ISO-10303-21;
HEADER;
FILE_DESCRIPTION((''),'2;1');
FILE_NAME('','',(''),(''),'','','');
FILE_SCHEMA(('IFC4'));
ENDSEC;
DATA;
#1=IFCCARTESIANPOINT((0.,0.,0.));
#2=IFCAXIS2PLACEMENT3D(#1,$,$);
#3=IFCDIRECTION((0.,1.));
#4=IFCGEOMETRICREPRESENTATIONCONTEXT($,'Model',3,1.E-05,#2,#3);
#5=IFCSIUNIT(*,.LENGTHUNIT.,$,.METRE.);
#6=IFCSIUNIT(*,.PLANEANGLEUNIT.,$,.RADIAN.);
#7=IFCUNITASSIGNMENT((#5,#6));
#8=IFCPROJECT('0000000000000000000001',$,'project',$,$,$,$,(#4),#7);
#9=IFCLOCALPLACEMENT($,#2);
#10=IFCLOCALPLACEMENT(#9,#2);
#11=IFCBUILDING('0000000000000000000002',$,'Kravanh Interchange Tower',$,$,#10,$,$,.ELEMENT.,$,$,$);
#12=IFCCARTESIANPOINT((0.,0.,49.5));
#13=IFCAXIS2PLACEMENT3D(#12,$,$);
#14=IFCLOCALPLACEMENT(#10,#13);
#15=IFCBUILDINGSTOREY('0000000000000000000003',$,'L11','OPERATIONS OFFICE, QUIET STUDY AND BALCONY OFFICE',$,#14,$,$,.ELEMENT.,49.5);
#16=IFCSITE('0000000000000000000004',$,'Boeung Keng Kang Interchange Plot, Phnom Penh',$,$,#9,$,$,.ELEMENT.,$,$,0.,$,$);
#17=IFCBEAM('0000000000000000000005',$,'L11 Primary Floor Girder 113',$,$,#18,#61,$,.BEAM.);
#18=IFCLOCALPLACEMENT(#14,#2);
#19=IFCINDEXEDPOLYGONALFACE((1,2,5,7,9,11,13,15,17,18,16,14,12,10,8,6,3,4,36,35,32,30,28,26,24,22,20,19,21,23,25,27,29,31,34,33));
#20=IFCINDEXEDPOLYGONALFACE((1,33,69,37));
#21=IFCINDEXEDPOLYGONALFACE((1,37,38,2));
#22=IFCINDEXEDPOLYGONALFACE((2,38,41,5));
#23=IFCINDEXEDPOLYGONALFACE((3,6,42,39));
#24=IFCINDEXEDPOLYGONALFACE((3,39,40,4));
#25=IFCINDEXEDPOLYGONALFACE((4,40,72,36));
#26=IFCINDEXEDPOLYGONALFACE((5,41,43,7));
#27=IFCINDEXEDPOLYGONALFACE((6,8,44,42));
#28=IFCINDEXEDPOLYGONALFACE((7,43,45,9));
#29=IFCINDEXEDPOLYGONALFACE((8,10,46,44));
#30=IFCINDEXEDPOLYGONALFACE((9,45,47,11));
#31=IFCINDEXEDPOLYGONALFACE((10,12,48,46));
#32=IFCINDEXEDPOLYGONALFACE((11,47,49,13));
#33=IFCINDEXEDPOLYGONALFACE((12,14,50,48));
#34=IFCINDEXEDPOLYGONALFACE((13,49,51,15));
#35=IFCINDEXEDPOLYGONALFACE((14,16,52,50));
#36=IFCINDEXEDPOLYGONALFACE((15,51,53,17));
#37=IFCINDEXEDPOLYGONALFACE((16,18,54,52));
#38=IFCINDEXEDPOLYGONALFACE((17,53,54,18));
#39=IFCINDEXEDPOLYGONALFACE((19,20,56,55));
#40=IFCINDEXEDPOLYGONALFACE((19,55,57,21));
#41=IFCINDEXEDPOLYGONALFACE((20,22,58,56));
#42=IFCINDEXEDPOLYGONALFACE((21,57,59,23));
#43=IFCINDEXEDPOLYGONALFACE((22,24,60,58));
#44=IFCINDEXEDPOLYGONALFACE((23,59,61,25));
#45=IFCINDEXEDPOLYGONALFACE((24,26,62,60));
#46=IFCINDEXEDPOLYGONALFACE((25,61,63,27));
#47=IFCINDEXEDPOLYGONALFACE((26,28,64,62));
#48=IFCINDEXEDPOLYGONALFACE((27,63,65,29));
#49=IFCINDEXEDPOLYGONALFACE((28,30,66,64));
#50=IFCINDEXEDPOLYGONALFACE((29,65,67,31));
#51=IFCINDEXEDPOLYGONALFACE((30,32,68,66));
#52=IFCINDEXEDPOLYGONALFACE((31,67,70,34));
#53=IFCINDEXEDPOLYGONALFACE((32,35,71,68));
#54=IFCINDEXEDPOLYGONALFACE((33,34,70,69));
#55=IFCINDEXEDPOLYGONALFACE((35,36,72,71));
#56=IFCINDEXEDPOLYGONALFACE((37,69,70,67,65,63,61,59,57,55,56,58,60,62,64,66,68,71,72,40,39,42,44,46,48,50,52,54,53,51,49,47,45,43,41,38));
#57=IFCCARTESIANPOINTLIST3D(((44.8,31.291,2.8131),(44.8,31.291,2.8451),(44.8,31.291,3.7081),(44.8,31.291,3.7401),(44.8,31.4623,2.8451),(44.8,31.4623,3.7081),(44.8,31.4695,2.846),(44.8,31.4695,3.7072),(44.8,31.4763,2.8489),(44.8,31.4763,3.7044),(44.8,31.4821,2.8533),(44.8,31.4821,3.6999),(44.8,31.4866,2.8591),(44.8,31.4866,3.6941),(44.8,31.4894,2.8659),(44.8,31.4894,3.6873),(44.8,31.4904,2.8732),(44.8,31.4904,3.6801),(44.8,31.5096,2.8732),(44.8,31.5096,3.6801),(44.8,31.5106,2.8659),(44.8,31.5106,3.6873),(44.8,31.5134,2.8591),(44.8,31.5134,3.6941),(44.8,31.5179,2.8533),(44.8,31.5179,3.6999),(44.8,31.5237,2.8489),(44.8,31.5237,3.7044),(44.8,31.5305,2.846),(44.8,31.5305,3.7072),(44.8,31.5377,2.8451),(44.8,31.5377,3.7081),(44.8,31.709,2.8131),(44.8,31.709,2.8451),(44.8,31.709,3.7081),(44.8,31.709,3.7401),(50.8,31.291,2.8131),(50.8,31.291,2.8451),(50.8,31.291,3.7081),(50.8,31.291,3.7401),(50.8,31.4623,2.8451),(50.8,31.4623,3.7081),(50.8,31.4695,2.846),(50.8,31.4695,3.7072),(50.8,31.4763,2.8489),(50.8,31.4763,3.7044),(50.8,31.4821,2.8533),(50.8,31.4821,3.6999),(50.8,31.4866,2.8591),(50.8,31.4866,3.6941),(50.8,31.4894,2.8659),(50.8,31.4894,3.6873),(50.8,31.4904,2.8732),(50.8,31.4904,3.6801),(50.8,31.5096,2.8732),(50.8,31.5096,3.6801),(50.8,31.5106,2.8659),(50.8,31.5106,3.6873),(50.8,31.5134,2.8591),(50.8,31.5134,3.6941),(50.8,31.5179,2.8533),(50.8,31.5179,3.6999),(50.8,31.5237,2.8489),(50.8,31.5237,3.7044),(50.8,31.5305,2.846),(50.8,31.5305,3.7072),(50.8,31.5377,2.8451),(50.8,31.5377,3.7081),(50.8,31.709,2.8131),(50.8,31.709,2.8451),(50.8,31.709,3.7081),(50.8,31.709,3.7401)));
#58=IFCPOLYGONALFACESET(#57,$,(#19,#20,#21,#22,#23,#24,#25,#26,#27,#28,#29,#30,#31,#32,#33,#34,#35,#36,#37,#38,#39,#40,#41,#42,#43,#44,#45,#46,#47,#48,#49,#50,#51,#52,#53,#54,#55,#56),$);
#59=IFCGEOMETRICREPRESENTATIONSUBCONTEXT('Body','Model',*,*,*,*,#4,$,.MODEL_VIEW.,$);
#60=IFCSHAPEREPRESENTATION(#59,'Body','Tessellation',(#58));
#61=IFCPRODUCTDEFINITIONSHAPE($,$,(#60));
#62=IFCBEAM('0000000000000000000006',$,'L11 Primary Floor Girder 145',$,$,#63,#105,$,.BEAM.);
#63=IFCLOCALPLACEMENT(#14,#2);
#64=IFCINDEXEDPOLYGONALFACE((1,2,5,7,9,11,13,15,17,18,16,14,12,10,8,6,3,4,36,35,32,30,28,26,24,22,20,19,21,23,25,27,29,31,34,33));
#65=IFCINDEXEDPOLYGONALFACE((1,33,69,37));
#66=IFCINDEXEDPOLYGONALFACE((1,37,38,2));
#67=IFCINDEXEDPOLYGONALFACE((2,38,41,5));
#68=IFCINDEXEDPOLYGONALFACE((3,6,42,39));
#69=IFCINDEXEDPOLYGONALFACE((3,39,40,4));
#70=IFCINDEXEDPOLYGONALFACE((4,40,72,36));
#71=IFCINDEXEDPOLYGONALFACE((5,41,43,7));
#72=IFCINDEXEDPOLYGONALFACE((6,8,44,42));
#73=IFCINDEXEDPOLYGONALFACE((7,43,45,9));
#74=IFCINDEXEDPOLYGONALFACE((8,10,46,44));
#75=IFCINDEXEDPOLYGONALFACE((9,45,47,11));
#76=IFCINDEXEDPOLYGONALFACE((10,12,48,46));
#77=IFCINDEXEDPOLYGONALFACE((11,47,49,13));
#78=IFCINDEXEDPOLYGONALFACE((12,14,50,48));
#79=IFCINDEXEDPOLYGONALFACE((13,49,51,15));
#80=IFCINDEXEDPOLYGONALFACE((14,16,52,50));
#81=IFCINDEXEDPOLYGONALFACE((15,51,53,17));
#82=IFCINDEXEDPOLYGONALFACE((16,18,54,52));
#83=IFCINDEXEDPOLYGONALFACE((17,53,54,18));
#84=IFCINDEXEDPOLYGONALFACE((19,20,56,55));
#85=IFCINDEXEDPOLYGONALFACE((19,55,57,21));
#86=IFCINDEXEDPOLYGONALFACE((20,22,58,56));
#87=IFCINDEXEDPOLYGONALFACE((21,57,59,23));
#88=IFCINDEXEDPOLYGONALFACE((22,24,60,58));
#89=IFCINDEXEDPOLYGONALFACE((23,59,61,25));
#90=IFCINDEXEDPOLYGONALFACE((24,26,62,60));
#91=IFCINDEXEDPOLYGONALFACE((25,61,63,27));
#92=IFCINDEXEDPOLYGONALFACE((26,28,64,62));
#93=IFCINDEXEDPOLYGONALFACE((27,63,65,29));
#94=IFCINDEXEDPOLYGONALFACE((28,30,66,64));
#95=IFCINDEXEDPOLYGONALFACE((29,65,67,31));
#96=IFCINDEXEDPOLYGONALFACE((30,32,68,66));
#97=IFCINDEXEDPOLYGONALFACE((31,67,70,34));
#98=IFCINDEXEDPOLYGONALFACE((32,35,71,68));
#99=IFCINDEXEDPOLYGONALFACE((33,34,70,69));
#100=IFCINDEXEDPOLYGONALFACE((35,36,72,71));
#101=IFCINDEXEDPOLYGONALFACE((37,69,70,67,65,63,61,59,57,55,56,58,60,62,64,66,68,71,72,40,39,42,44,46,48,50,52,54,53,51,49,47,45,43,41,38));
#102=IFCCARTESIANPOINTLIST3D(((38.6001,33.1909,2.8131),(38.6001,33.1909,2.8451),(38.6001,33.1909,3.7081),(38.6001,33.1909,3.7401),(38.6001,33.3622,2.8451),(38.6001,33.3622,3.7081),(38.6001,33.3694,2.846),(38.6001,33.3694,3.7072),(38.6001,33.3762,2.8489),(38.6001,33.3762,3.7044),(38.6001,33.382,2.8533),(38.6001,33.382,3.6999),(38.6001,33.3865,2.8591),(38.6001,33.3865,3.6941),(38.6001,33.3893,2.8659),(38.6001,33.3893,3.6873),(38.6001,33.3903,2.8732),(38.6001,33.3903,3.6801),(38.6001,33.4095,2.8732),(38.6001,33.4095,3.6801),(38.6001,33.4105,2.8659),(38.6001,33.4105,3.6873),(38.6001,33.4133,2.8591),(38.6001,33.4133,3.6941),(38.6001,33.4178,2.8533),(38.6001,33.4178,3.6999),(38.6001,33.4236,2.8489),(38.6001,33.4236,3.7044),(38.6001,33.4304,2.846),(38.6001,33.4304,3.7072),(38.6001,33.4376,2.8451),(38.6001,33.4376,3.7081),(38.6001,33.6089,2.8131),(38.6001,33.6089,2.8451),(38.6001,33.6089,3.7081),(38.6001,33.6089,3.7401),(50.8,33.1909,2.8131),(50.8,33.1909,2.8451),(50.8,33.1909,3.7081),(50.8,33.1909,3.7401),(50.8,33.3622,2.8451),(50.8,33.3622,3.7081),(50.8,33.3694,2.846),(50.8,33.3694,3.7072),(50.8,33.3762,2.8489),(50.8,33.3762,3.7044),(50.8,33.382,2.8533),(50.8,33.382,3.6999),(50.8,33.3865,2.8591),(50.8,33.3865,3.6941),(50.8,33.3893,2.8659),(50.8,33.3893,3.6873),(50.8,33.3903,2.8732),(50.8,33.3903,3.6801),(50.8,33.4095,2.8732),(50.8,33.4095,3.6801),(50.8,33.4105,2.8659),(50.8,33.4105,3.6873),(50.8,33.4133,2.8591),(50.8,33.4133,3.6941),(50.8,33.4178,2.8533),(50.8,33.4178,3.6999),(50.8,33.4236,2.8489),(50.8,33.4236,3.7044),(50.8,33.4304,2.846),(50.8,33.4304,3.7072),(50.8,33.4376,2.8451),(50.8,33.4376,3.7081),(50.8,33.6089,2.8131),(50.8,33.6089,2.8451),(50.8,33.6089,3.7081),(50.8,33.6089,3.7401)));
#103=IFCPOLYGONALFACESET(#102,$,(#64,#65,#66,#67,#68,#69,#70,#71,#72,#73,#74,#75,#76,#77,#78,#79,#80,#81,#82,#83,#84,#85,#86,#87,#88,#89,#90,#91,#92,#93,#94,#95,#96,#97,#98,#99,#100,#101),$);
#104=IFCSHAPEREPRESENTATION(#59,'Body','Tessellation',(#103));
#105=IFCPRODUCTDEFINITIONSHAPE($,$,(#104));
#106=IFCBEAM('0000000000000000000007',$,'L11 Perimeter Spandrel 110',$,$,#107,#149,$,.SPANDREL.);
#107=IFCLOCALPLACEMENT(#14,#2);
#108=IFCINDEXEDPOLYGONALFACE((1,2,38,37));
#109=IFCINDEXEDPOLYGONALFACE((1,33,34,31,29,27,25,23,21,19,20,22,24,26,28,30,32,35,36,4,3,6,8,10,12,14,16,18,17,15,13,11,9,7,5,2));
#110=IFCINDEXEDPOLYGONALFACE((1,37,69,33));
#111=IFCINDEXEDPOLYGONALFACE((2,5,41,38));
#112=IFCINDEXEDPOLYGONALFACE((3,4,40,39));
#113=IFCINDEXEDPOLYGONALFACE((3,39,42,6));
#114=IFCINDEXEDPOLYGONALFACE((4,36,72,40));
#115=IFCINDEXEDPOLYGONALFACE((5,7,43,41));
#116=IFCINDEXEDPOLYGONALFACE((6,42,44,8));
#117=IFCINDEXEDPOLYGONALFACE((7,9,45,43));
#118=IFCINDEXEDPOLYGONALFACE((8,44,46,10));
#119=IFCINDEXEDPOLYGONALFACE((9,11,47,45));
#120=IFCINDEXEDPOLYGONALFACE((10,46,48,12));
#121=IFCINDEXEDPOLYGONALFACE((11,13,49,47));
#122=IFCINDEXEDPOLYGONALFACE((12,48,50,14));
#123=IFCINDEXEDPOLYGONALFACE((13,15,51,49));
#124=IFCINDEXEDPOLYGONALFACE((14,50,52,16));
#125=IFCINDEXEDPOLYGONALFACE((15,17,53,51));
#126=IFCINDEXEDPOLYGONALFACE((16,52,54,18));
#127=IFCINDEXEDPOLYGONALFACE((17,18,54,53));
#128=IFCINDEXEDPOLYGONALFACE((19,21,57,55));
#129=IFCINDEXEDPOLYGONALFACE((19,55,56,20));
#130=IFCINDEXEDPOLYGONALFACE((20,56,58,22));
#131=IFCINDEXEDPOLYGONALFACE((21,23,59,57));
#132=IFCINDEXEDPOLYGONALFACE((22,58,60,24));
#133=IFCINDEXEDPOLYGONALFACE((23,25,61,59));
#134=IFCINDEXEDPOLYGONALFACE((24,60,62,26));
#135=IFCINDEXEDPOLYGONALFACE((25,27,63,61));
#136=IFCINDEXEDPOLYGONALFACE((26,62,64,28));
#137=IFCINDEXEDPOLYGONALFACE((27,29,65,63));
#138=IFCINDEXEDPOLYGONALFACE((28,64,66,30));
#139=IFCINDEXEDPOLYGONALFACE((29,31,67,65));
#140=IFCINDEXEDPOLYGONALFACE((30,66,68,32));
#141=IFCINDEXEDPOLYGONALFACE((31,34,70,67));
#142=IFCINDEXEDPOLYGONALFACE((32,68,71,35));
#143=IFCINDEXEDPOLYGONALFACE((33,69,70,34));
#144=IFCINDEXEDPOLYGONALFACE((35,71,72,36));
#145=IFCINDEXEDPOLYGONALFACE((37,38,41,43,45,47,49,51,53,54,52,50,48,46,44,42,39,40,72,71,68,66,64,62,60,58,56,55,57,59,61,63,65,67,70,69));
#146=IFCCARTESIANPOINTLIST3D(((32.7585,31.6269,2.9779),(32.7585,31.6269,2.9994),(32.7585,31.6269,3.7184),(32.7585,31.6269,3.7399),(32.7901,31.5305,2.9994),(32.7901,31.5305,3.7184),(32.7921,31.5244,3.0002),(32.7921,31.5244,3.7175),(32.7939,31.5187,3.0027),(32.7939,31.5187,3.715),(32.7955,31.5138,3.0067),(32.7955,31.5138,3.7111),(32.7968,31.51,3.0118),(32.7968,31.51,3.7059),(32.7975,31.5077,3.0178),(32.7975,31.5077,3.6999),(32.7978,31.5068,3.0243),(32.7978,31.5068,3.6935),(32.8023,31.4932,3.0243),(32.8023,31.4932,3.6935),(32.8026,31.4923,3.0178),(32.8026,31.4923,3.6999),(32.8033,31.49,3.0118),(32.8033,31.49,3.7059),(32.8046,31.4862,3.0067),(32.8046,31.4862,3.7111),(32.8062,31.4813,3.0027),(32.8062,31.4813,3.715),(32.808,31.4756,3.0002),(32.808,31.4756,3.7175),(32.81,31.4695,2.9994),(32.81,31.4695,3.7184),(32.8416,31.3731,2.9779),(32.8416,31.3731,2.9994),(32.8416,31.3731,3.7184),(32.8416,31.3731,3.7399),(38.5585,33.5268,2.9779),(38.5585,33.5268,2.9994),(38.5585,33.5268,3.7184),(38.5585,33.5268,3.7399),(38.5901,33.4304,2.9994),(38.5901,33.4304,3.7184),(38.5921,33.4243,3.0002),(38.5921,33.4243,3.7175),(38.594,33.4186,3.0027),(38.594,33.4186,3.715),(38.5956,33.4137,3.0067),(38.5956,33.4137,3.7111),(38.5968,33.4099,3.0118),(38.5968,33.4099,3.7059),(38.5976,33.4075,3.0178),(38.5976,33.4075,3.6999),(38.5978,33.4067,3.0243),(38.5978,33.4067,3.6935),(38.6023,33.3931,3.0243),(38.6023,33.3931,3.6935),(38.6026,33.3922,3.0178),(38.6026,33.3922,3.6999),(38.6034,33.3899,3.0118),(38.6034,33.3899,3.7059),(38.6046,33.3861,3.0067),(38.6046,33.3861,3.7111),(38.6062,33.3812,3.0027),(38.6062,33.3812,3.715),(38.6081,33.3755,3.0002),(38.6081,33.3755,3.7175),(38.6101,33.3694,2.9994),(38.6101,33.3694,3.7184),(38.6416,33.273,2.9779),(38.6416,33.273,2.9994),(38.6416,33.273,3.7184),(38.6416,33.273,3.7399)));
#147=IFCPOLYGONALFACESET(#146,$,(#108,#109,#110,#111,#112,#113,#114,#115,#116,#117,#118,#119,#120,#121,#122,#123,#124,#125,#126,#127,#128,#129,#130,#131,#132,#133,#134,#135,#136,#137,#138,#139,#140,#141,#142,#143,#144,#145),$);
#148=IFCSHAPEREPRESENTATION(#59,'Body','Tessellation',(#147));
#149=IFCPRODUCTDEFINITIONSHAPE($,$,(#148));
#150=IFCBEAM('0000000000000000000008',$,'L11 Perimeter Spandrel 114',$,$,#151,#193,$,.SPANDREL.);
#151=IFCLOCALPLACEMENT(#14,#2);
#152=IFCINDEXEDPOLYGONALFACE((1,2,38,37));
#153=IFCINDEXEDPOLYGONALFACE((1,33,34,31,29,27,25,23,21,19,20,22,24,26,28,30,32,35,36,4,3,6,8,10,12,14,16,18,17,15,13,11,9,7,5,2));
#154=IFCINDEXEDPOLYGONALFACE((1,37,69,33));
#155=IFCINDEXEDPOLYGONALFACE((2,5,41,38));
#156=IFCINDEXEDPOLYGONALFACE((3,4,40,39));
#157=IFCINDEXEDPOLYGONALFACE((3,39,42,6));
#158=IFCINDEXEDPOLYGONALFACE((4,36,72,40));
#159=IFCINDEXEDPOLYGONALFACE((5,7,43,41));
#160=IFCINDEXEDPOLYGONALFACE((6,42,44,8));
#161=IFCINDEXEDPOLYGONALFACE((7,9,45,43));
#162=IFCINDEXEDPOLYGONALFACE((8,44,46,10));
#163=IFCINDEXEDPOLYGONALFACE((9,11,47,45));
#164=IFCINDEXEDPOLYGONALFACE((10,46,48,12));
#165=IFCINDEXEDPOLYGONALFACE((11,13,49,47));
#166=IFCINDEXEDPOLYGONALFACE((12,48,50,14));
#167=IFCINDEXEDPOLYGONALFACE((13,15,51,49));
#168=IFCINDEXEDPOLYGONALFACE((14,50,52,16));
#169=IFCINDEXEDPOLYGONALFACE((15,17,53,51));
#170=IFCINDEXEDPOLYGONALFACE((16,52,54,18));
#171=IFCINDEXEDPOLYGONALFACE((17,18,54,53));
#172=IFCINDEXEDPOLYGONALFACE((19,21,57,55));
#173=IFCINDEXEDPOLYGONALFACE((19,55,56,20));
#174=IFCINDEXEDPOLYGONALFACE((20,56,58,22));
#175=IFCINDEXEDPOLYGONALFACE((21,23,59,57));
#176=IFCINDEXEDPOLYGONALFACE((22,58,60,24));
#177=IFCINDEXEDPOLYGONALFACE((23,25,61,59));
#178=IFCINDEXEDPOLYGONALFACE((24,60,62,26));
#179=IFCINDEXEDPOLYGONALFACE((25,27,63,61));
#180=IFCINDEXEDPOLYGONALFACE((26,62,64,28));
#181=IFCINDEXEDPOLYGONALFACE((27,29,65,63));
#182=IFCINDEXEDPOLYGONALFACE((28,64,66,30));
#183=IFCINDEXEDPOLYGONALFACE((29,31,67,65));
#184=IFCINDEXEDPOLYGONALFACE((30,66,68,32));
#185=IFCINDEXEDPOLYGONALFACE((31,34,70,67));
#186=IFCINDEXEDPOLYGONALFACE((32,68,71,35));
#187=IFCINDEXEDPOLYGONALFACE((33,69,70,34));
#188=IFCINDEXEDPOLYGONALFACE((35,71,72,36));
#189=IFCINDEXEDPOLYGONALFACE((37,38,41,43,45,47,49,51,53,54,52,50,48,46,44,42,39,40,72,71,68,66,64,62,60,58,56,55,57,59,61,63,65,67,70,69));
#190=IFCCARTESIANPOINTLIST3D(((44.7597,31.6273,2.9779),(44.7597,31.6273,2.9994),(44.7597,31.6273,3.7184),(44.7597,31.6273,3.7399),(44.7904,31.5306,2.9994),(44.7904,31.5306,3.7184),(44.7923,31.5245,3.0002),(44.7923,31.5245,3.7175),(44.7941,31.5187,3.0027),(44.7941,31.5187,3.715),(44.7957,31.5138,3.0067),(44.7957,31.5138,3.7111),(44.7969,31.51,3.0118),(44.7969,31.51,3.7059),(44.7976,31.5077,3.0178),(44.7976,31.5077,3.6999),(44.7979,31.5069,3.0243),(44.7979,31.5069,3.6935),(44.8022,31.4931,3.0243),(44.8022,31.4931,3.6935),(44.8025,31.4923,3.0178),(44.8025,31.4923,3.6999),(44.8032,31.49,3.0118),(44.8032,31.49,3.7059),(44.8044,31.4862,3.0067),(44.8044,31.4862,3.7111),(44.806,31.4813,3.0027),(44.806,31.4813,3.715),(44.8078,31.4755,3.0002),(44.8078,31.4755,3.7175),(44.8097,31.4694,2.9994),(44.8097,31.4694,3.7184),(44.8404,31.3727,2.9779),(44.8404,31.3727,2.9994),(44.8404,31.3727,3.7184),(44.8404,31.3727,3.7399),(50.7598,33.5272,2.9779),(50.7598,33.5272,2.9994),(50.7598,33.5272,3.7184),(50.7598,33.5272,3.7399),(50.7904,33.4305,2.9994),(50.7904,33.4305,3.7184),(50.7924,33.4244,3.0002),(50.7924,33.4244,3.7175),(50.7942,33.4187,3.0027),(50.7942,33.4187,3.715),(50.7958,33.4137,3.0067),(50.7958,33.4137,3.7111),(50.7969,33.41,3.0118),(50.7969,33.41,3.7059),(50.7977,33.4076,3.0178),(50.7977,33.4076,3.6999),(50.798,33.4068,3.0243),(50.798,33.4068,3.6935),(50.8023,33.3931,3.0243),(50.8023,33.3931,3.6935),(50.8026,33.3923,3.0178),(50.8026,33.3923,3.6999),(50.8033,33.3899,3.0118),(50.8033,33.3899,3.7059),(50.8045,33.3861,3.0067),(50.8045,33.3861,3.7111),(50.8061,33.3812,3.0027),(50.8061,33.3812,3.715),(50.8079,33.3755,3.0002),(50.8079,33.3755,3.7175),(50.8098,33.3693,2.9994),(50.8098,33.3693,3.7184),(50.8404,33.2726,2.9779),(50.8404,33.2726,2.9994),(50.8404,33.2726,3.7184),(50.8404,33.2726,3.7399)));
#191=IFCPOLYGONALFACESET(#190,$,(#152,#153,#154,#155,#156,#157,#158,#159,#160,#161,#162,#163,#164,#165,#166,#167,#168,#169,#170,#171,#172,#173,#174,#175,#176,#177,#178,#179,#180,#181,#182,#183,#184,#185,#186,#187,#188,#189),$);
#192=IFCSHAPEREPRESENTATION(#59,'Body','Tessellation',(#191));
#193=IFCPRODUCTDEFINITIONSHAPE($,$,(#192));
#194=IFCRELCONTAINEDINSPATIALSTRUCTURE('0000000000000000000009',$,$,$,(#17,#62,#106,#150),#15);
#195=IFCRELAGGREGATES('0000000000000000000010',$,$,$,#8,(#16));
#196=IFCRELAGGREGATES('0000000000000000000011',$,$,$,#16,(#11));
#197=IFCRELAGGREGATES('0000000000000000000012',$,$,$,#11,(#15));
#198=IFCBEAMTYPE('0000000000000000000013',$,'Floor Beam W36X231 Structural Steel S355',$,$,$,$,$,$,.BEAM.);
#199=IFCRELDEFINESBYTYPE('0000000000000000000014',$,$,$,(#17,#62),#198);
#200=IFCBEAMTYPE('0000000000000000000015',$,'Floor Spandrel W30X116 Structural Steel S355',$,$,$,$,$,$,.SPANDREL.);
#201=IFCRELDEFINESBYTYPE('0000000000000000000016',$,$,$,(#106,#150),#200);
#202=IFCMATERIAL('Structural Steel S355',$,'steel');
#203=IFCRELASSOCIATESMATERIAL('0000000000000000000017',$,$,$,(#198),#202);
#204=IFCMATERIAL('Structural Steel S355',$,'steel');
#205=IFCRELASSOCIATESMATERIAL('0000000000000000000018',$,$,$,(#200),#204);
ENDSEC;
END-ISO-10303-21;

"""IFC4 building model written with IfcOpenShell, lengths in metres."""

from ifc_helpers import new_model, si_unit, direction, frame, origin, origin_2d, place, context, subcontext, project, spatial, i_section, extrude, material, material_profile, profile_set, type_object, element, save


model = new_model("IFC4")

# Units and contexts
model_context = context("Model", 3, precision=1e-05, world=origin(), true_north=direction((0.0, 1.0)))
body_context = subcontext(model_context, "Body", "Model", "MODEL_VIEW")
ifc_project = project(units=[si_unit("LENGTHUNIT", "METRE"), si_unit("PLANEANGLEUNIT", "RADIAN")], contexts=[model_context])

# Site, building, storey
site_placement = place(None, origin())
site = spatial("IfcSite", under=ifc_project, at=site_placement, Name="Boeung Keng Kang Interchange Plot, Phnom Penh", CompositionType="ELEMENT", RefElevation=0.0)
building_placement = place(site_placement, origin())
building = spatial("IfcBuilding", under=site, at=building_placement, Name="Kravanh Interchange Tower", CompositionType="ELEMENT")
storey_placement = place(building_placement, frame((0.0, 0.0, 49.5)))
storey = spatial("IfcBuildingStorey", under=building, at=storey_placement, Name="L11", Description="OPERATIONS OFFICE, QUIET STUDY AND BALCONY OFFICE", CompositionType="ELEMENT", Elevation=49.5)

# Beams
ifc_material_1 = material(Name="Structural Steel S355", Category="steel")
ifc_material_profile_1 = material_profile(ifc_material_1, i_section(OverallWidth=0.418, OverallDepth=0.927, WebThickness=0.0193, FlangeThickness=0.032, FilletRadius=0.0281, at=origin_2d()), Name="W36X231")
ifc_profile_set_1 = profile_set([ifc_material_profile_1], Name="Structural Steel S355")
beam_type_1 = type_object("IfcBeamType", Name="Floor Beam W36X231 Structural Steel S355", PredefinedType="BEAM", material=ifc_profile_set_1)
beam_1_placement = place(storey_placement, frame((44.8, 31.5, 3.2766), z_axis=(1.0, 0.0, 0.0), x_axis=(0.0, 1.0, 0.0)))
element("IfcBeam", 1, at=beam_1_placement, inside=storey, type_object=beam_type_1, Name="L11 Primary Floor Girder 113", PredefinedType="BEAM", context=body_context, shape_type="SweptSolid", body=[
    extrude(i_section(OverallWidth=0.418, OverallDepth=0.927, WebThickness=0.0193, FlangeThickness=0.032, FilletRadius=0.0281, at=origin_2d()), origin(), (0.0, 0.0, 1.0), 6.0),
])
beam_2_placement = place(storey_placement, frame((38.6001, 33.3999, 3.2766), z_axis=(1.0, 0.0, 0.0), x_axis=(0.0, 1.0, 0.0)))
element("IfcBeam", 2, at=beam_2_placement, inside=storey, type_object=beam_type_1, Name="L11 Primary Floor Girder 145", PredefinedType="BEAM", context=body_context, shape_type="SweptSolid", body=[
    extrude(i_section(OverallWidth=0.418, OverallDepth=0.927, WebThickness=0.0193, FlangeThickness=0.032, FilletRadius=0.0281, at=origin_2d()), origin(), (0.0, 0.0, 1.0), 12.2),
])
ifc_material_2 = material(Name="Structural Steel S355", Category="steel")
ifc_material_profile_2 = material_profile(ifc_material_2, i_section(OverallWidth=0.2671, OverallDepth=0.762, WebThickness=0.0144, FlangeThickness=0.0215, FilletRadius=0.0249, at=origin_2d()), Name="W30X116")
ifc_profile_set_2 = profile_set([ifc_material_profile_2], Name="Structural Steel S355")
beam_type_2 = type_object("IfcBeamType", Name="Floor Spandrel W30X116 Structural Steel S355", PredefinedType="SPANDREL", material=ifc_profile_set_2)
beam_3_placement = place(storey_placement, frame((32.8, 31.5, 3.3589), z_axis=(0.950315, 0.311291, 0.0), x_axis=(-0.311291, 0.950315, 0.0)))
element("IfcBeam", 3, at=beam_3_placement, inside=storey, type_object=beam_type_2, Name="L11 Perimeter Spandrel 110", PredefinedType="SPANDREL", context=body_context, shape_type="SweptSolid", body=[
    extrude(i_section(OverallWidth=0.2671, OverallDepth=0.762, WebThickness=0.0144, FlangeThickness=0.0215, FilletRadius=0.0249, at=origin_2d()), origin(), (0.0, 0.0, 1.0), 6.1033),
])
beam_4_placement = place(storey_placement, frame((44.8, 31.5, 3.3589), z_axis=(0.953347, 0.301878, 0.0), x_axis=(-0.301878, 0.953347, 0.0)))
element("IfcBeam", 4, at=beam_4_placement, inside=storey, type_object=beam_type_2, Name="L11 Perimeter Spandrel 114", PredefinedType="SPANDREL", context=body_context, shape_type="SweptSolid", body=[
    extrude(i_section(OverallWidth=0.2671, OverallDepth=0.762, WebThickness=0.0144, FlangeThickness=0.0215, FilletRadius=0.0249, at=origin_2d()), origin(), (0.0, 0.0, 1.0), 6.2937),
])

save(model, "model.ifc")
